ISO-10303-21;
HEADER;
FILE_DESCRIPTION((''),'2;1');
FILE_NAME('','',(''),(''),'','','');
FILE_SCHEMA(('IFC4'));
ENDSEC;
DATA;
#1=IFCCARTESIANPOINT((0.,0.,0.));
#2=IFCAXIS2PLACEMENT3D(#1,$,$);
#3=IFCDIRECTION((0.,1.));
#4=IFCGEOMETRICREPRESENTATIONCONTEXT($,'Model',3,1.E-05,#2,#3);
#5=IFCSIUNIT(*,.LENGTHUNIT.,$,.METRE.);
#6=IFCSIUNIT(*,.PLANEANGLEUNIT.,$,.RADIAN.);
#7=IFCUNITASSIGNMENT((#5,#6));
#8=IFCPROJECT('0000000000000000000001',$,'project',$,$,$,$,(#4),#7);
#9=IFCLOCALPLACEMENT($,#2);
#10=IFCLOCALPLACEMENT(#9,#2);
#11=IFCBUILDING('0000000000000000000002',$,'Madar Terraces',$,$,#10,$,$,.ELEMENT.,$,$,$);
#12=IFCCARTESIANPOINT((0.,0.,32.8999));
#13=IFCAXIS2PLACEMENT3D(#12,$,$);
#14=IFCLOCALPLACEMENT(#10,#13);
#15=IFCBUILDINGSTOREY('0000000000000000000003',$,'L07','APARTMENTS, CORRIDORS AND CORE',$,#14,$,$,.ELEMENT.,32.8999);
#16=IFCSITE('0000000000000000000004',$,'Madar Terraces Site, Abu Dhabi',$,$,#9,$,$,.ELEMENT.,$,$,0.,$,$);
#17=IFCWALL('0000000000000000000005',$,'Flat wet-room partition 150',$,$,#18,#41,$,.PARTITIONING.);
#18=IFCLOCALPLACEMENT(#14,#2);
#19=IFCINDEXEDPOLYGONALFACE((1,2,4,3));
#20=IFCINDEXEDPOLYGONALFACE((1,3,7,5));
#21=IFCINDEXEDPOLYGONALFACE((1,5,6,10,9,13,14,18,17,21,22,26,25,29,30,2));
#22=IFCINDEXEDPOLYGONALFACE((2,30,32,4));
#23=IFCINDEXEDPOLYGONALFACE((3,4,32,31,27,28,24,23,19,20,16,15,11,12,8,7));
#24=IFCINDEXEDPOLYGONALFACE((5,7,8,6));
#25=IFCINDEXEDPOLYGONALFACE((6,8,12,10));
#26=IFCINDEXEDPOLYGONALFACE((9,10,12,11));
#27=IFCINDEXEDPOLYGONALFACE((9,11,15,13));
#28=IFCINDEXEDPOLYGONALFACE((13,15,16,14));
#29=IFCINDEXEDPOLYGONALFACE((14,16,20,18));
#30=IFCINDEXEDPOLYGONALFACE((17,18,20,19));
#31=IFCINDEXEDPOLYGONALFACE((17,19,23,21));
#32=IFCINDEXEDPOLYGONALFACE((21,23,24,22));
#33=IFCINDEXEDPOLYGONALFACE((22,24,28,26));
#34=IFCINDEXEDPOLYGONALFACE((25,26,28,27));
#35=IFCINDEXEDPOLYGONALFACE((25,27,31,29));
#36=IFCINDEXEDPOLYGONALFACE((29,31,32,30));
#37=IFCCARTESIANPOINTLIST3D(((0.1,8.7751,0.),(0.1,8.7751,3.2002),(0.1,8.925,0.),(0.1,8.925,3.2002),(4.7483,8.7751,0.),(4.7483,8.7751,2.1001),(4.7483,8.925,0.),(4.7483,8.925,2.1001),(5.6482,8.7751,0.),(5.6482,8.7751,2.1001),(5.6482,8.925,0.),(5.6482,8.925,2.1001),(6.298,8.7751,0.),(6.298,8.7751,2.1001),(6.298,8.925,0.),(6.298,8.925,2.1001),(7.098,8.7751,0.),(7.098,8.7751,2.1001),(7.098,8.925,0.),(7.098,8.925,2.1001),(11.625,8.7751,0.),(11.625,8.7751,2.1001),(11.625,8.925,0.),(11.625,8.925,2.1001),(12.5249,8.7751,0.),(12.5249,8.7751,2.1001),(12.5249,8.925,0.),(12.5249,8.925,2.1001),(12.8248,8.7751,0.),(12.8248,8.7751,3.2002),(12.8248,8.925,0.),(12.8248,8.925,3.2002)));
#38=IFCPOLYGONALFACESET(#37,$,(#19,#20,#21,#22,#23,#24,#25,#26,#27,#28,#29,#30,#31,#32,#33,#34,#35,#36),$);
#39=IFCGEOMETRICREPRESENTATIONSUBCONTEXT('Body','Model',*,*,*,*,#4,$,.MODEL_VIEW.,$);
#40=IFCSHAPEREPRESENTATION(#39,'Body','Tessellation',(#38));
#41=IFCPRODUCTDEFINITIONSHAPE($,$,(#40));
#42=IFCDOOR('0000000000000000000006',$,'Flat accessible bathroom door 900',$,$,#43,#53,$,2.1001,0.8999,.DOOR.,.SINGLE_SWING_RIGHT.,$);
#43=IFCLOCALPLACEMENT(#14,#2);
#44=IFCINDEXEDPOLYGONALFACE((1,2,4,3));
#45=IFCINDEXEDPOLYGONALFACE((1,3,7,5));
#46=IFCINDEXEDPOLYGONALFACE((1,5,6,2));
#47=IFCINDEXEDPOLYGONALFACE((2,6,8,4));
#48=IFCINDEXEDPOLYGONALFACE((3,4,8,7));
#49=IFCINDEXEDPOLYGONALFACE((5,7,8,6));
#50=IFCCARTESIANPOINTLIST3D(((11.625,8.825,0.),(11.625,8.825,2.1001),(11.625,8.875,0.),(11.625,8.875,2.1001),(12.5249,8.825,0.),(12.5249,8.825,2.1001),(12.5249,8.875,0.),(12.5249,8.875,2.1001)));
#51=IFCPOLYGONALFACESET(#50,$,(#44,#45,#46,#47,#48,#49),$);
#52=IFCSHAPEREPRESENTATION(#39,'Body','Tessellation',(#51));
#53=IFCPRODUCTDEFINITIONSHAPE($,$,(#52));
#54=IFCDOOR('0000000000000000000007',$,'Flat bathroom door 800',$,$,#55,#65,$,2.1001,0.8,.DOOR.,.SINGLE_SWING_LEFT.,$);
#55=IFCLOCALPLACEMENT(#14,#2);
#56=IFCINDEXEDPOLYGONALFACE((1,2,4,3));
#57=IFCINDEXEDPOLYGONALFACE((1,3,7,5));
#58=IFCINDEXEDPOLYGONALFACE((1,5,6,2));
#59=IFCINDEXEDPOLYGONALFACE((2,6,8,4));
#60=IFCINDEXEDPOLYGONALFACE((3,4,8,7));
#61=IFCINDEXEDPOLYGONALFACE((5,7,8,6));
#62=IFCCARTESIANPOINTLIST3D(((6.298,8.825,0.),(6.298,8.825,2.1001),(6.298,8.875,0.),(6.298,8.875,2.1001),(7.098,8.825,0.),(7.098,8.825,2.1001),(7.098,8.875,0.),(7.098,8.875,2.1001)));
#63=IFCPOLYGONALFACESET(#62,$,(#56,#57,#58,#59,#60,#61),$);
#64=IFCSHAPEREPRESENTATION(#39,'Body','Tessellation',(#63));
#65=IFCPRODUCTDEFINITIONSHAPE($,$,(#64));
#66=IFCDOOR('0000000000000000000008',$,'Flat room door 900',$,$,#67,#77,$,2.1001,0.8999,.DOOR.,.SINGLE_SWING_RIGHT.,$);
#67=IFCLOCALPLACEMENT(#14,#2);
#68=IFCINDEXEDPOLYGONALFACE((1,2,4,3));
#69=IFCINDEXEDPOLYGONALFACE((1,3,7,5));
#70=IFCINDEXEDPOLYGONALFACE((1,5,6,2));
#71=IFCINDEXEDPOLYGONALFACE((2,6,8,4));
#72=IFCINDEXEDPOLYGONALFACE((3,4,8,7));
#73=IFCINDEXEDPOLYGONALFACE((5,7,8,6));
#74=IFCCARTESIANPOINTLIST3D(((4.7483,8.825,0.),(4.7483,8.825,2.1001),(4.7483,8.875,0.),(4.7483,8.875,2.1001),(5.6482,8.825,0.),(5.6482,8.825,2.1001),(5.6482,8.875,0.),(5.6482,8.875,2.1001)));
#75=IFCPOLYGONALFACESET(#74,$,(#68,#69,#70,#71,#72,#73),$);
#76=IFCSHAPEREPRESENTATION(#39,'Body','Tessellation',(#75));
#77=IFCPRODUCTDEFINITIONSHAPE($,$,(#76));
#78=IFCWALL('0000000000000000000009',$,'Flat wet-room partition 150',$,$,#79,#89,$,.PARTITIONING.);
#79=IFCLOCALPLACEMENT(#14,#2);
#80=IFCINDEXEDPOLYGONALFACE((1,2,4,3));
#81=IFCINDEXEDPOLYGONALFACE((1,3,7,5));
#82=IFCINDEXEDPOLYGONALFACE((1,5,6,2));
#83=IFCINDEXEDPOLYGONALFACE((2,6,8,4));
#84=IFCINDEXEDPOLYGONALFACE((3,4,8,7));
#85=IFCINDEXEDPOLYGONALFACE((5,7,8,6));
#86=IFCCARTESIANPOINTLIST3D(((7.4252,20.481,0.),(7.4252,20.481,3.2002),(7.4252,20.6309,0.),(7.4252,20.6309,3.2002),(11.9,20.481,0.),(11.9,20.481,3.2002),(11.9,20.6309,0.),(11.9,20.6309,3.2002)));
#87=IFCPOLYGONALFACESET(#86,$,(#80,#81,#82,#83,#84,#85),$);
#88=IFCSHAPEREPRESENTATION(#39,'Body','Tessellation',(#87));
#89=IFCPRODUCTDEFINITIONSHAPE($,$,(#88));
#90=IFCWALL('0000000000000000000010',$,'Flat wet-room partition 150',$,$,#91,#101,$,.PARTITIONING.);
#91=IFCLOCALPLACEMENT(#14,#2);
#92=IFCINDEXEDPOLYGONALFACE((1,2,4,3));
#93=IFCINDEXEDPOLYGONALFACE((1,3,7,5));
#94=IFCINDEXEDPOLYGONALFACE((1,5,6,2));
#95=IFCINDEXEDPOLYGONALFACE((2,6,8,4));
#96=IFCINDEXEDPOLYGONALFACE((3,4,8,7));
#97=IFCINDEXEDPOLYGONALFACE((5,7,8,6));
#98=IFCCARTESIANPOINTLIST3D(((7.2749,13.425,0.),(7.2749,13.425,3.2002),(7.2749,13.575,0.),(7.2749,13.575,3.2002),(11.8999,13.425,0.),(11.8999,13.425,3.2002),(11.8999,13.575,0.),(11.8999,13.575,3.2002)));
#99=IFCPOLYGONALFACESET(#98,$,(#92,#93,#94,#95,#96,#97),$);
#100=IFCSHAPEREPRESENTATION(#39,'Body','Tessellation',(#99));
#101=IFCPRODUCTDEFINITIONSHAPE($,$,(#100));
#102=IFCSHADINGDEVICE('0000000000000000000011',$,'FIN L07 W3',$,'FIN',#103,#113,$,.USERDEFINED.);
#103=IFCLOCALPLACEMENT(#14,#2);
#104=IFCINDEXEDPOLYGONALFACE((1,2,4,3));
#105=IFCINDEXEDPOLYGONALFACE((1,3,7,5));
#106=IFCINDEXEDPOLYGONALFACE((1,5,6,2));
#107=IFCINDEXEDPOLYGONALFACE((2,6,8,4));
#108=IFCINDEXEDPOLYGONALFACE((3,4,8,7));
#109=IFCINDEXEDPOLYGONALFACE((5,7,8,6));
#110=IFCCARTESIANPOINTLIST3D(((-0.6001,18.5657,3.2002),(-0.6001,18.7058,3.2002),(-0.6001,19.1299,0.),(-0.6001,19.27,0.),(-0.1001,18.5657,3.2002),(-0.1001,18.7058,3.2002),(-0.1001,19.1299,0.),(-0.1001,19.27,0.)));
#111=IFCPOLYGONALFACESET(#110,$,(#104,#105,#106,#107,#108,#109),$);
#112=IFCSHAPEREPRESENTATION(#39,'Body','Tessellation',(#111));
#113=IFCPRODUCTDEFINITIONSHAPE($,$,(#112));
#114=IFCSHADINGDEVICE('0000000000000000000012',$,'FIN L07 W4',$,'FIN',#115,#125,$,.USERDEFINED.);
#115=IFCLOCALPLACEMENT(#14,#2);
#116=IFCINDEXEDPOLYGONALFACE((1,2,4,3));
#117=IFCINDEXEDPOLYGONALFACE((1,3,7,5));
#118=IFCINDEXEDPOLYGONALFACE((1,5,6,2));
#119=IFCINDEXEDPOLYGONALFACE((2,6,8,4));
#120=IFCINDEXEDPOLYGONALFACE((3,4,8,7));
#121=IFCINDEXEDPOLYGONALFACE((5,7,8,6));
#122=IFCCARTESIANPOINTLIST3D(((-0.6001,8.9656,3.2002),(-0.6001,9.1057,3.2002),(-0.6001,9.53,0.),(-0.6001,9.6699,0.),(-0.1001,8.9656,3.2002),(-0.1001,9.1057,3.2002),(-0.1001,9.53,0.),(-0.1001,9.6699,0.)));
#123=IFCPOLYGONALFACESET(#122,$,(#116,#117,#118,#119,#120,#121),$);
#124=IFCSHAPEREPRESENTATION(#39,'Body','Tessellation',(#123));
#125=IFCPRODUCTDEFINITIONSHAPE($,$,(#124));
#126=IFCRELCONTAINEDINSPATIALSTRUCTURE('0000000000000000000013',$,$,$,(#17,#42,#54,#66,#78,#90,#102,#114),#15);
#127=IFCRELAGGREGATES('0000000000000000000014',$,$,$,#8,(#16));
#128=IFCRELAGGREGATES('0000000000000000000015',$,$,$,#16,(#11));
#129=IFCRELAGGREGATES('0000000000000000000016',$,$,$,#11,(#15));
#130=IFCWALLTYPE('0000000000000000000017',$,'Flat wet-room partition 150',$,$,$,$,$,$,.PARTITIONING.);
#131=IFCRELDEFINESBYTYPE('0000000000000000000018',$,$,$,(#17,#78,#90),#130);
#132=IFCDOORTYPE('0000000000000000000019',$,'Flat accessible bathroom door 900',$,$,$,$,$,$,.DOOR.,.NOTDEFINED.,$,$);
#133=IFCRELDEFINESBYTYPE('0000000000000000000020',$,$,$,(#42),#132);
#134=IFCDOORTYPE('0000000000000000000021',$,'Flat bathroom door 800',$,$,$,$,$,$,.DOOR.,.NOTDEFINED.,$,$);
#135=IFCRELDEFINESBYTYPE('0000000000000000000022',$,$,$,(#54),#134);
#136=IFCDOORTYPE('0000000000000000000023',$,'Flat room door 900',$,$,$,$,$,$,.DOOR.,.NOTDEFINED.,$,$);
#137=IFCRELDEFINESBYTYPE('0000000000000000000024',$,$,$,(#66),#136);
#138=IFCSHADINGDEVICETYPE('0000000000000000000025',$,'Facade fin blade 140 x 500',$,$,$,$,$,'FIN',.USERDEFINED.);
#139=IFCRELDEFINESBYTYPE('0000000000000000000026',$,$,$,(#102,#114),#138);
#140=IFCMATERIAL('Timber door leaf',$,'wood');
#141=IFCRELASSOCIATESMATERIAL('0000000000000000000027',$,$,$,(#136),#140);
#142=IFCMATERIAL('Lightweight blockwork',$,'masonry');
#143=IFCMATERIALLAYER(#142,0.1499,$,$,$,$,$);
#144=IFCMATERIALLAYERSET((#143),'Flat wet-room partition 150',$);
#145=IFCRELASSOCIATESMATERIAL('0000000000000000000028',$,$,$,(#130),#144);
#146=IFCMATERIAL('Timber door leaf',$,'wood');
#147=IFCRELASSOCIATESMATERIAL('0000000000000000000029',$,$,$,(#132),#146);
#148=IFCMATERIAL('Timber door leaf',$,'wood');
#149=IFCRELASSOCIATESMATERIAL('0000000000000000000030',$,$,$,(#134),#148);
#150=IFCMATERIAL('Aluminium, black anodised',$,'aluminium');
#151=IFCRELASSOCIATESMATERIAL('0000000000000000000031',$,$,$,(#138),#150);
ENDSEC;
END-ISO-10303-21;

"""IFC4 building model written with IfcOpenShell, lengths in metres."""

from ifc_helpers import new_model, si_unit, direction, frame, frame_2d, origin, place, context, subcontext, project, spatial, polyline, rectangle, outline, extrude, material, layer, layer_set, type_object, element, fill, save


model = new_model("IFC4")

# Units and contexts
model_context = context("Model", 3, precision=1e-05, world=origin(), true_north=direction((0.0, 1.0)))
body_context = subcontext(model_context, "Body", "Model", "MODEL_VIEW")
ifc_project = project(units=[si_unit("LENGTHUNIT", "METRE"), si_unit("PLANEANGLEUNIT", "RADIAN")], contexts=[model_context])

# Site, building, storey
site_placement = place(None, origin())
site = spatial("IfcSite", under=ifc_project, at=site_placement, Name="Madar Terraces Site, Abu Dhabi", CompositionType="ELEMENT", RefElevation=0.0)
building_placement = place(site_placement, origin())
building = spatial("IfcBuilding", under=site, at=building_placement, Name="Madar Terraces", CompositionType="ELEMENT")
storey_placement = place(building_placement, frame((0.0, 0.0, 32.8999)))
storey = spatial("IfcBuildingStorey", under=building, at=storey_placement, Name="L07", Description="APARTMENTS, CORRIDORS AND CORE", CompositionType="ELEMENT", Elevation=32.8999)

# Shared definitions
ifc_material_1 = material(Name="Timber door leaf", Category="wood")
door_type_1 = type_object("IfcDoorType", Name="Flat room door 900", OperationType="NOTDEFINED", PredefinedType="DOOR", material=ifc_material_1)

# Shared definitions
ifc_material_2 = material(Name="Lightweight blockwork", Category="masonry")
ifc_layer_1 = layer(ifc_material_2, 0.1499)
ifc_layer_set_1 = layer_set([ifc_layer_1], Name="Flat wet-room partition 150")
wall_type_1 = type_object("IfcWallType", Name="Flat wet-room partition 150", PredefinedType="PARTITIONING", material=ifc_layer_set_1)

# Wall, openings, doors
wall_1_placement = place(storey_placement, frame((0.1001, 8.8501, 0.0), z_axis=(0.0, 0.0, 1.0), x_axis=(1.0, 0.0, 0.0)))
wall_1 = element("IfcWall", 1, at=wall_1_placement, inside=storey, type_object=wall_type_1, Name="Flat wet-room partition 150", PredefinedType="PARTITIONING", context=body_context, shape_type="SweptSolid", body=[
    extrude(rectangle(XDim=12.7249, YDim=0.1499, at=frame_2d((6.3623, 0.0))), origin(), (0.0, 0.0, 1.0), 3.2002),
])
opening_1_placement = place(wall_1_placement, frame((11.5249, 0.0, 0.0)))
opening_1 = element("IfcOpeningElement", 2, at=opening_1_placement, cuts=wall_1, PredefinedType="OPENING", context=body_context, shape_type="SweptSolid", body=[
    extrude(rectangle(XDim=0.8999, YDim=2.1001, at=frame_2d((0.45, 1.05))), frame((0.0, 0.085, 0.0), z_axis=(0.0, -1.0, 0.0), x_axis=(1.0, 0.0, 0.0)), (0.0, 0.0, 1.0), 0.1699),
])
opening_2_placement = place(wall_1_placement, frame((6.198, 0.0, 0.0)))
opening_2 = element("IfcOpeningElement", 3, at=opening_2_placement, cuts=wall_1, PredefinedType="OPENING", context=body_context, shape_type="SweptSolid", body=[
    extrude(rectangle(XDim=0.8, YDim=2.1001, at=frame_2d((0.3999, 1.05))), frame((0.0, 0.085, 0.0), z_axis=(0.0, -1.0, 0.0), x_axis=(1.0, 0.0, 0.0)), (0.0, 0.0, 1.0), 0.1699),
])
opening_3_placement = place(wall_1_placement, frame((4.6482, 0.0, 0.0)))
opening_3 = element("IfcOpeningElement", 4, at=opening_3_placement, cuts=wall_1, PredefinedType="OPENING", context=body_context, shape_type="SweptSolid", body=[
    extrude(rectangle(XDim=0.8999, YDim=2.1001, at=frame_2d((0.45, 1.05))), frame((0.0, 0.085, 0.0), z_axis=(0.0, -1.0, 0.0), x_axis=(1.0, 0.0, 0.0)), (0.0, 0.0, 1.0), 0.1699),
])
ifc_material_3 = material(Name="Timber door leaf", Category="wood")
door_type_2 = type_object("IfcDoorType", Name="Flat accessible bathroom door 900", OperationType="NOTDEFINED", PredefinedType="DOOR", material=ifc_material_3)
door_1_placement = place(opening_1_placement, origin())
door_1 = element("IfcDoor", 5, at=door_1_placement, inside=storey, type_object=door_type_2, Name="Flat accessible bathroom door 900", OperationType="SINGLE_SWING_RIGHT", OverallHeight=2.1001, OverallWidth=0.8999, PredefinedType="DOOR", context=body_context, shape_type="SweptSolid", body=[
    extrude(rectangle(XDim=0.8999, YDim=2.1001, at=frame_2d((0.45, 1.05))), frame((0.0, 0.0249, 0.0), z_axis=(0.0, -1.0, 0.0), x_axis=(1.0, 0.0, 0.0)), (0.0, 0.0, 1.0), 0.05),
])
fill(opening_1, door_1)
ifc_material_4 = material(Name="Timber door leaf", Category="wood")
door_type_3 = type_object("IfcDoorType", Name="Flat bathroom door 800", OperationType="NOTDEFINED", PredefinedType="DOOR", material=ifc_material_4)
door_2_placement = place(opening_2_placement, origin())
door_2 = element("IfcDoor", 6, at=door_2_placement, inside=storey, type_object=door_type_3, Name="Flat bathroom door 800", OperationType="SINGLE_SWING_LEFT", OverallHeight=2.1001, OverallWidth=0.8, PredefinedType="DOOR", context=body_context, shape_type="SweptSolid", body=[
    extrude(rectangle(XDim=0.8, YDim=2.1001, at=frame_2d((0.3999, 1.05))), frame((0.0, 0.0249, 0.0), z_axis=(0.0, -1.0, 0.0), x_axis=(1.0, 0.0, 0.0)), (0.0, 0.0, 1.0), 0.05),
])
fill(opening_2, door_2)
door_3_placement = place(opening_3_placement, origin())
door_3 = element("IfcDoor", 7, at=door_3_placement, inside=storey, type_object=door_type_1, Name="Flat room door 900", OperationType="SINGLE_SWING_RIGHT", OverallHeight=2.1001, OverallWidth=0.8999, PredefinedType="DOOR", context=body_context, shape_type="SweptSolid", body=[
    extrude(rectangle(XDim=0.8999, YDim=2.1001, at=frame_2d((0.45, 1.05))), frame((0.0, 0.0249, 0.0), z_axis=(0.0, -1.0, 0.0), x_axis=(1.0, 0.0, 0.0)), (0.0, 0.0, 1.0), 0.05),
])
fill(opening_3, door_3)

# Walls
wall_2_placement = place(storey_placement, frame((11.8999, 20.5559, 0.0), z_axis=(0.0, 0.0, 1.0), x_axis=(-1.0, 0.0, 0.0)))
element("IfcWall", 8, at=wall_2_placement, inside=storey, type_object=wall_type_1, Name="Flat wet-room partition 150", PredefinedType="PARTITIONING", context=body_context, shape_type="SweptSolid", body=[
    extrude(rectangle(XDim=4.4749, YDim=0.1499, at=frame_2d((2.2373, 0.0))), origin(), (0.0, 0.0, 1.0), 3.2002),
])
wall_3_placement = place(storey_placement, frame((11.8999, 13.5, 0.0), z_axis=(0.0, 0.0, 1.0), x_axis=(-1.0, 0.0, 0.0)))
element("IfcWall", 9, at=wall_3_placement, inside=storey, type_object=wall_type_1, Name="Flat wet-room partition 150", PredefinedType="PARTITIONING", context=body_context, shape_type="SweptSolid", body=[
    extrude(rectangle(XDim=4.625, YDim=0.1499, at=frame_2d((2.3125, 0.0))), origin(), (0.0, 0.0, 1.0), 3.2002),
])

# Shading devices
ifc_material_5 = material(Name="Aluminium, black anodised", Category="aluminium")
shading_device_type = type_object("IfcShadingDeviceType", Name="Facade fin blade 140 x 500", ElementType="FIN", PredefinedType="USERDEFINED", material=ifc_material_5)
shading_device_1_placement = place(storey_placement, frame((-0.3501, 19.27, 0.0), z_axis=(0.0, 0.0, 1.0), x_axis=(0.0, -1.0, 0.0)))
element("IfcShadingDevice", 10, at=shading_device_1_placement, inside=storey, type_object=shading_device_type, Name="FIN L07 W3", ObjectType="FIN", PredefinedType="USERDEFINED", context=body_context, shape_type="SweptSolid", body=[
    extrude(outline(polyline([(0.0, 0.0), (0.1401, 0.0), (0.7043, 3.2002), (0.5642, 3.2002), (0.0, 0.0)])), frame((0.0, 0.25, 0.0), z_axis=(0.0, -1.0, 0.0), x_axis=(1.0, 0.0, 0.0)), (0.0, 0.0, 1.0), 0.5),
])
shading_device_2_placement = place(storey_placement, frame((-0.3501, 9.6699, 0.0), z_axis=(0.0, 0.0, 1.0), x_axis=(0.0, -1.0, 0.0)))
element("IfcShadingDevice", 11, at=shading_device_2_placement, inside=storey, type_object=shading_device_type, Name="FIN L07 W4", ObjectType="FIN", PredefinedType="USERDEFINED", context=body_context, shape_type="SweptSolid", body=[
    extrude(outline(polyline([(0.0, 0.0), (0.1399, 0.0), (0.7043, 3.2002), (0.5642, 3.2002), (0.0, 0.0)])), frame((0.0, 0.25, 0.0), z_axis=(0.0, -1.0, 0.0), x_axis=(1.0, 0.0, 0.0)), (0.0, 0.0, 1.0), 0.5),
])

save(model, "model.ifc")
